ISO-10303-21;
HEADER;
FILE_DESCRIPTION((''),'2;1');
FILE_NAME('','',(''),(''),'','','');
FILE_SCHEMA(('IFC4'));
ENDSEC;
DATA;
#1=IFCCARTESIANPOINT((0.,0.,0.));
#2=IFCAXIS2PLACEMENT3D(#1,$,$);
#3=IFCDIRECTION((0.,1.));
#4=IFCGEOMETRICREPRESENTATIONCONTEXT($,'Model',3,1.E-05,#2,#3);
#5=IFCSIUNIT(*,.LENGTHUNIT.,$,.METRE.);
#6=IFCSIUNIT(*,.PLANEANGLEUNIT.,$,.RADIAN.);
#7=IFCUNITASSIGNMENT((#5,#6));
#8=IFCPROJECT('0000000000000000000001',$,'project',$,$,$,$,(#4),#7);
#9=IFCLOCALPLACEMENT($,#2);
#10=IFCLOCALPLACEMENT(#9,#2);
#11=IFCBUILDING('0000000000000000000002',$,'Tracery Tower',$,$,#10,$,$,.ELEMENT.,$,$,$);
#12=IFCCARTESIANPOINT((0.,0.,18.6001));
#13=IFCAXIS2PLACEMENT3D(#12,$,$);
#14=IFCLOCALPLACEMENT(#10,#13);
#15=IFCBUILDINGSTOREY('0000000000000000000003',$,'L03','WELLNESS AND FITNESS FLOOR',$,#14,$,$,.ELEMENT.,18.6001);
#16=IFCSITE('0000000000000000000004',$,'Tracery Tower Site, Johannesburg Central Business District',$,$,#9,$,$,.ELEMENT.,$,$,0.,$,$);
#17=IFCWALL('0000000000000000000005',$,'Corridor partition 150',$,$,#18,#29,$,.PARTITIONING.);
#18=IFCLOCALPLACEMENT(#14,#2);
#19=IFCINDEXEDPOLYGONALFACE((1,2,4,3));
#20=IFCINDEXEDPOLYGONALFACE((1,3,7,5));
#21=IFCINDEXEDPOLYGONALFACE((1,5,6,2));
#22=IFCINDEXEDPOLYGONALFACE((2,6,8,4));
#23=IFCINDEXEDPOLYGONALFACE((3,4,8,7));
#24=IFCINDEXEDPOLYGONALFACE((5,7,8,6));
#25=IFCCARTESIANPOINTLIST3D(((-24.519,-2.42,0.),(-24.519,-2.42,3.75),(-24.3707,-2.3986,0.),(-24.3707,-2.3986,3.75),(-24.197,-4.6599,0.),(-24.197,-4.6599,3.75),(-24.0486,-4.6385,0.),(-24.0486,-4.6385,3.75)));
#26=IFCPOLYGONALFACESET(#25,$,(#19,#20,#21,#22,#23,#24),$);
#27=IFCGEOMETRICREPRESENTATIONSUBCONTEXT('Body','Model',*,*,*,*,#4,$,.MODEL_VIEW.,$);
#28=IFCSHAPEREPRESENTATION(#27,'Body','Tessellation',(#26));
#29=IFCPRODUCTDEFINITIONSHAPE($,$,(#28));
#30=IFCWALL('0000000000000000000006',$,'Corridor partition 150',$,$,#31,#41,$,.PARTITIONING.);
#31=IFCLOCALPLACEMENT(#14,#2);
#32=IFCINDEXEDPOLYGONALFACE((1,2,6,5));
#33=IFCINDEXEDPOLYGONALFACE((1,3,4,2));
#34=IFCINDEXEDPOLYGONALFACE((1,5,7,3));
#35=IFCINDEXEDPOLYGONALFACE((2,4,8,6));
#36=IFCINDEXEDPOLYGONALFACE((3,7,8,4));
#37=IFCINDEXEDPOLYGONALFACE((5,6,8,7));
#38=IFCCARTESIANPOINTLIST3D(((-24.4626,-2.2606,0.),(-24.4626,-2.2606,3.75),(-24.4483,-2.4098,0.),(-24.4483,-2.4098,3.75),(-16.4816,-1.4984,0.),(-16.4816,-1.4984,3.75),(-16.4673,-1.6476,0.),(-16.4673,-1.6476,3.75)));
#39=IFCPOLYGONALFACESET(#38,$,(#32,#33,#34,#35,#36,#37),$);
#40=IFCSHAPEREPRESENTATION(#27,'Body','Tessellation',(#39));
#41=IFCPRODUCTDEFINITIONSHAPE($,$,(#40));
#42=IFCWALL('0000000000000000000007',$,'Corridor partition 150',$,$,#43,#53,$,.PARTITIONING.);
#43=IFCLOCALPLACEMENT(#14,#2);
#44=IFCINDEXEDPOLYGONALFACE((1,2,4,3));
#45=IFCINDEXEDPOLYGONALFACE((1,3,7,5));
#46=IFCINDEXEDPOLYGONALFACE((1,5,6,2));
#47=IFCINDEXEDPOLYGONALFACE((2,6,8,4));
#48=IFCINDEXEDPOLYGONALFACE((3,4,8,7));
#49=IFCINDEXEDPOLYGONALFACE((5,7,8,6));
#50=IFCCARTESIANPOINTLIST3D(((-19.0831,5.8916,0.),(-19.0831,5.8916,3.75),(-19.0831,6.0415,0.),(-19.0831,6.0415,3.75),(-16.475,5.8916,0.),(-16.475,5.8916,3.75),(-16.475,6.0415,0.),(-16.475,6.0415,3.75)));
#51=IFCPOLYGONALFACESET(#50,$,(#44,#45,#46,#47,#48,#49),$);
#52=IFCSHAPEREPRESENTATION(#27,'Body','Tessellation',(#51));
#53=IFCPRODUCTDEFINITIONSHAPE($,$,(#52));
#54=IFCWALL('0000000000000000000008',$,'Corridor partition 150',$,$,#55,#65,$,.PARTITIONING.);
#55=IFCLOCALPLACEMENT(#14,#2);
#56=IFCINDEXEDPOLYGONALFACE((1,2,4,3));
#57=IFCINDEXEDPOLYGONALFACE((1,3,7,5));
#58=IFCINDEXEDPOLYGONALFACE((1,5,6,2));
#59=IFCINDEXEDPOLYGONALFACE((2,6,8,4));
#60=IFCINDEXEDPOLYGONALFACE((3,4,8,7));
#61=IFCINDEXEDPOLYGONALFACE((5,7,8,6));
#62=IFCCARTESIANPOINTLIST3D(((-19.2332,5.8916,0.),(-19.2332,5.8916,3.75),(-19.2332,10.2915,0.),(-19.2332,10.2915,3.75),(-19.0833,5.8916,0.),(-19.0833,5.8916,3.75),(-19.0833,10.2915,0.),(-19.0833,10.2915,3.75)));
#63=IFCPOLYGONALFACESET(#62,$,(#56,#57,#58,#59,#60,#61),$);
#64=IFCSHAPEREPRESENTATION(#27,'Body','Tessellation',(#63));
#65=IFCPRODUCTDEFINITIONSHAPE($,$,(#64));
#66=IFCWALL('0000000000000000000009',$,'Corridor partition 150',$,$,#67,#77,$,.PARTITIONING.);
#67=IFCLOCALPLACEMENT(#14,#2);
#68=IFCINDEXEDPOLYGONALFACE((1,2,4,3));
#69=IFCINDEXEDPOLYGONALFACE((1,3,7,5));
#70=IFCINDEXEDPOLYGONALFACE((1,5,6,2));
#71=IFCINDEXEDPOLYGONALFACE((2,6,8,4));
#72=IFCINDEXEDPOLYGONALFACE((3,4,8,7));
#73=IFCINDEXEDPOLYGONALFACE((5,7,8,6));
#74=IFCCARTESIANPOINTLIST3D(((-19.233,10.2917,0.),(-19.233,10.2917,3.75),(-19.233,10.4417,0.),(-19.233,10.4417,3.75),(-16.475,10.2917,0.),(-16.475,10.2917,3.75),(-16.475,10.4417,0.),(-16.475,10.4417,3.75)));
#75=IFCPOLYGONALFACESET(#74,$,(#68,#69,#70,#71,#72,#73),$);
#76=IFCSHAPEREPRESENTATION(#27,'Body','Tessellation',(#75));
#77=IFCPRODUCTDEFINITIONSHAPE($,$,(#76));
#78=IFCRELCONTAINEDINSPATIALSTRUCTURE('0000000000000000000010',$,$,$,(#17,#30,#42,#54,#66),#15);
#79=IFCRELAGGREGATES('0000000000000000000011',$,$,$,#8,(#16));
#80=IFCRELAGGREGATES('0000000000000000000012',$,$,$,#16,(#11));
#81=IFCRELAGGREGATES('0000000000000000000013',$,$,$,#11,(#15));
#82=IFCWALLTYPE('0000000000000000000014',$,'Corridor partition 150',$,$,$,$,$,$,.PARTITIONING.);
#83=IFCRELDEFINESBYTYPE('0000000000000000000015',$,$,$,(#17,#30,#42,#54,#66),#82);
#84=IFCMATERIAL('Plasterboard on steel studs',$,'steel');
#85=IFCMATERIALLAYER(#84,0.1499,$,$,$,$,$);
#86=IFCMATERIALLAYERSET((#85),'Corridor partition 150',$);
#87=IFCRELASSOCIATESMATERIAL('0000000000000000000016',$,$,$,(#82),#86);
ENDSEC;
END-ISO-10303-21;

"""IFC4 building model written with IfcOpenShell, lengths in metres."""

from ifc_helpers import new_model, si_unit, direction, frame, frame_2d, origin, place, context, subcontext, project, spatial, rectangle, extrude, material, layer, layer_set, type_object, element, save


model = new_model("IFC4")

# Units and contexts
model_context = context("Model", 3, precision=1e-05, world=origin(), true_north=direction((0.0, 1.0)))
body_context = subcontext(model_context, "Body", "Model", "MODEL_VIEW")
ifc_project = project(units=[si_unit("LENGTHUNIT", "METRE"), si_unit("PLANEANGLEUNIT", "RADIAN")], contexts=[model_context])

# Site, building, storey
site_placement = place(None, origin())
site = spatial("IfcSite", under=ifc_project, at=site_placement, Name="Tracery Tower Site, Johannesburg Central Business District", CompositionType="ELEMENT", RefElevation=0.0)
building_placement = place(site_placement, origin())
building = spatial("IfcBuilding", under=site, at=building_placement, Name="Tracery Tower", CompositionType="ELEMENT")
storey_placement = place(building_placement, frame((0.0, 0.0, 18.6001)))
storey = spatial("IfcBuildingStorey", under=building, at=storey_placement, Name="L03", Description="WELLNESS AND FITNESS FLOOR", CompositionType="ELEMENT", Elevation=18.6001)

# Walls
ifc_material_1 = material(Name="Plasterboard on steel studs", Category="steel")
ifc_layer_1 = layer(ifc_material_1, 0.1499)
ifc_layer_set_1 = layer_set([ifc_layer_1], Name="Corridor partition 150")
wall_type_1 = type_object("IfcWallType", Name="Corridor partition 150", PredefinedType="PARTITIONING", material=ifc_layer_set_1)
wall_1_placement = place(storey_placement, frame((-24.4448, -2.4094, 0.0), z_axis=(0.0, 0.0, 1.0), x_axis=(0.142297, -0.989824, 0.0)))
element("IfcWall", 1, at=wall_1_placement, inside=storey, type_object=wall_type_1, Name="Corridor partition 150", PredefinedType="PARTITIONING", context=body_context, shape_type="SweptSolid", body=[
    extrude(rectangle(XDim=2.2629, YDim=0.1499, at=frame_2d((1.1313, 0.0))), origin(), (0.0, 0.0, 1.0), 3.75),
])
wall_2_placement = place(storey_placement, frame((-24.4556, -2.3352, 0.0), z_axis=(0.0, 0.0, 1.0), x_axis=(0.995471, 0.095071, 0.0)))
element("IfcWall", 2, at=wall_2_placement, inside=storey, type_object=wall_type_1, Name="Corridor partition 150", PredefinedType="PARTITIONING", context=body_context, shape_type="SweptSolid", body=[
    extrude(rectangle(XDim=8.0173, YDim=0.1499, at=frame_2d((4.0088, 0.0))), origin(), (0.0, 0.0, 1.0), 3.75),
])
wall_3_placement = place(storey_placement, frame((-19.0833, 5.9666, 0.0), z_axis=(0.0, 0.0, 1.0), x_axis=(1.0, 0.0, 0.0)))
element("IfcWall", 3, at=wall_3_placement, inside=storey, type_object=wall_type_1, Name="Corridor partition 150", PredefinedType="PARTITIONING", context=body_context, shape_type="SweptSolid", body=[
    extrude(rectangle(XDim=2.6082, YDim=0.1499, at=frame_2d((1.3042, 0.0))), origin(), (0.0, 0.0, 1.0), 3.75),
])
wall_4_placement = place(storey_placement, frame((-19.1582, 10.2915, 0.0), z_axis=(0.0, 0.0, 1.0), x_axis=(0.0, -1.0, 0.0)))
element("IfcWall", 4, at=wall_4_placement, inside=storey, type_object=wall_type_1, Name="Corridor partition 150", PredefinedType="PARTITIONING", context=body_context, shape_type="SweptSolid", body=[
    extrude(rectangle(XDim=4.3999, YDim=0.1499, at=frame_2d((2.2, 0.0))), origin(), (0.0, 0.0, 1.0), 3.75),
])

# Wall
wall_5_placement = place(storey_placement, frame((-16.4751, 10.3667, 0.0), z_axis=(0.0, 0.0, 1.0), x_axis=(-1.0, 0.0, 0.0)))
element("IfcWall", 5, at=wall_5_placement, inside=storey, type_object=wall_type_1, Name="Corridor partition 150", PredefinedType="PARTITIONING", context=body_context, shape_type="SweptSolid", body=[
    extrude(rectangle(XDim=2.7581, YDim=0.1499, at=frame_2d((1.3789, 0.0))), origin(), (0.0, 0.0, 1.0), 3.75),
])

save(model, "model.ifc")
